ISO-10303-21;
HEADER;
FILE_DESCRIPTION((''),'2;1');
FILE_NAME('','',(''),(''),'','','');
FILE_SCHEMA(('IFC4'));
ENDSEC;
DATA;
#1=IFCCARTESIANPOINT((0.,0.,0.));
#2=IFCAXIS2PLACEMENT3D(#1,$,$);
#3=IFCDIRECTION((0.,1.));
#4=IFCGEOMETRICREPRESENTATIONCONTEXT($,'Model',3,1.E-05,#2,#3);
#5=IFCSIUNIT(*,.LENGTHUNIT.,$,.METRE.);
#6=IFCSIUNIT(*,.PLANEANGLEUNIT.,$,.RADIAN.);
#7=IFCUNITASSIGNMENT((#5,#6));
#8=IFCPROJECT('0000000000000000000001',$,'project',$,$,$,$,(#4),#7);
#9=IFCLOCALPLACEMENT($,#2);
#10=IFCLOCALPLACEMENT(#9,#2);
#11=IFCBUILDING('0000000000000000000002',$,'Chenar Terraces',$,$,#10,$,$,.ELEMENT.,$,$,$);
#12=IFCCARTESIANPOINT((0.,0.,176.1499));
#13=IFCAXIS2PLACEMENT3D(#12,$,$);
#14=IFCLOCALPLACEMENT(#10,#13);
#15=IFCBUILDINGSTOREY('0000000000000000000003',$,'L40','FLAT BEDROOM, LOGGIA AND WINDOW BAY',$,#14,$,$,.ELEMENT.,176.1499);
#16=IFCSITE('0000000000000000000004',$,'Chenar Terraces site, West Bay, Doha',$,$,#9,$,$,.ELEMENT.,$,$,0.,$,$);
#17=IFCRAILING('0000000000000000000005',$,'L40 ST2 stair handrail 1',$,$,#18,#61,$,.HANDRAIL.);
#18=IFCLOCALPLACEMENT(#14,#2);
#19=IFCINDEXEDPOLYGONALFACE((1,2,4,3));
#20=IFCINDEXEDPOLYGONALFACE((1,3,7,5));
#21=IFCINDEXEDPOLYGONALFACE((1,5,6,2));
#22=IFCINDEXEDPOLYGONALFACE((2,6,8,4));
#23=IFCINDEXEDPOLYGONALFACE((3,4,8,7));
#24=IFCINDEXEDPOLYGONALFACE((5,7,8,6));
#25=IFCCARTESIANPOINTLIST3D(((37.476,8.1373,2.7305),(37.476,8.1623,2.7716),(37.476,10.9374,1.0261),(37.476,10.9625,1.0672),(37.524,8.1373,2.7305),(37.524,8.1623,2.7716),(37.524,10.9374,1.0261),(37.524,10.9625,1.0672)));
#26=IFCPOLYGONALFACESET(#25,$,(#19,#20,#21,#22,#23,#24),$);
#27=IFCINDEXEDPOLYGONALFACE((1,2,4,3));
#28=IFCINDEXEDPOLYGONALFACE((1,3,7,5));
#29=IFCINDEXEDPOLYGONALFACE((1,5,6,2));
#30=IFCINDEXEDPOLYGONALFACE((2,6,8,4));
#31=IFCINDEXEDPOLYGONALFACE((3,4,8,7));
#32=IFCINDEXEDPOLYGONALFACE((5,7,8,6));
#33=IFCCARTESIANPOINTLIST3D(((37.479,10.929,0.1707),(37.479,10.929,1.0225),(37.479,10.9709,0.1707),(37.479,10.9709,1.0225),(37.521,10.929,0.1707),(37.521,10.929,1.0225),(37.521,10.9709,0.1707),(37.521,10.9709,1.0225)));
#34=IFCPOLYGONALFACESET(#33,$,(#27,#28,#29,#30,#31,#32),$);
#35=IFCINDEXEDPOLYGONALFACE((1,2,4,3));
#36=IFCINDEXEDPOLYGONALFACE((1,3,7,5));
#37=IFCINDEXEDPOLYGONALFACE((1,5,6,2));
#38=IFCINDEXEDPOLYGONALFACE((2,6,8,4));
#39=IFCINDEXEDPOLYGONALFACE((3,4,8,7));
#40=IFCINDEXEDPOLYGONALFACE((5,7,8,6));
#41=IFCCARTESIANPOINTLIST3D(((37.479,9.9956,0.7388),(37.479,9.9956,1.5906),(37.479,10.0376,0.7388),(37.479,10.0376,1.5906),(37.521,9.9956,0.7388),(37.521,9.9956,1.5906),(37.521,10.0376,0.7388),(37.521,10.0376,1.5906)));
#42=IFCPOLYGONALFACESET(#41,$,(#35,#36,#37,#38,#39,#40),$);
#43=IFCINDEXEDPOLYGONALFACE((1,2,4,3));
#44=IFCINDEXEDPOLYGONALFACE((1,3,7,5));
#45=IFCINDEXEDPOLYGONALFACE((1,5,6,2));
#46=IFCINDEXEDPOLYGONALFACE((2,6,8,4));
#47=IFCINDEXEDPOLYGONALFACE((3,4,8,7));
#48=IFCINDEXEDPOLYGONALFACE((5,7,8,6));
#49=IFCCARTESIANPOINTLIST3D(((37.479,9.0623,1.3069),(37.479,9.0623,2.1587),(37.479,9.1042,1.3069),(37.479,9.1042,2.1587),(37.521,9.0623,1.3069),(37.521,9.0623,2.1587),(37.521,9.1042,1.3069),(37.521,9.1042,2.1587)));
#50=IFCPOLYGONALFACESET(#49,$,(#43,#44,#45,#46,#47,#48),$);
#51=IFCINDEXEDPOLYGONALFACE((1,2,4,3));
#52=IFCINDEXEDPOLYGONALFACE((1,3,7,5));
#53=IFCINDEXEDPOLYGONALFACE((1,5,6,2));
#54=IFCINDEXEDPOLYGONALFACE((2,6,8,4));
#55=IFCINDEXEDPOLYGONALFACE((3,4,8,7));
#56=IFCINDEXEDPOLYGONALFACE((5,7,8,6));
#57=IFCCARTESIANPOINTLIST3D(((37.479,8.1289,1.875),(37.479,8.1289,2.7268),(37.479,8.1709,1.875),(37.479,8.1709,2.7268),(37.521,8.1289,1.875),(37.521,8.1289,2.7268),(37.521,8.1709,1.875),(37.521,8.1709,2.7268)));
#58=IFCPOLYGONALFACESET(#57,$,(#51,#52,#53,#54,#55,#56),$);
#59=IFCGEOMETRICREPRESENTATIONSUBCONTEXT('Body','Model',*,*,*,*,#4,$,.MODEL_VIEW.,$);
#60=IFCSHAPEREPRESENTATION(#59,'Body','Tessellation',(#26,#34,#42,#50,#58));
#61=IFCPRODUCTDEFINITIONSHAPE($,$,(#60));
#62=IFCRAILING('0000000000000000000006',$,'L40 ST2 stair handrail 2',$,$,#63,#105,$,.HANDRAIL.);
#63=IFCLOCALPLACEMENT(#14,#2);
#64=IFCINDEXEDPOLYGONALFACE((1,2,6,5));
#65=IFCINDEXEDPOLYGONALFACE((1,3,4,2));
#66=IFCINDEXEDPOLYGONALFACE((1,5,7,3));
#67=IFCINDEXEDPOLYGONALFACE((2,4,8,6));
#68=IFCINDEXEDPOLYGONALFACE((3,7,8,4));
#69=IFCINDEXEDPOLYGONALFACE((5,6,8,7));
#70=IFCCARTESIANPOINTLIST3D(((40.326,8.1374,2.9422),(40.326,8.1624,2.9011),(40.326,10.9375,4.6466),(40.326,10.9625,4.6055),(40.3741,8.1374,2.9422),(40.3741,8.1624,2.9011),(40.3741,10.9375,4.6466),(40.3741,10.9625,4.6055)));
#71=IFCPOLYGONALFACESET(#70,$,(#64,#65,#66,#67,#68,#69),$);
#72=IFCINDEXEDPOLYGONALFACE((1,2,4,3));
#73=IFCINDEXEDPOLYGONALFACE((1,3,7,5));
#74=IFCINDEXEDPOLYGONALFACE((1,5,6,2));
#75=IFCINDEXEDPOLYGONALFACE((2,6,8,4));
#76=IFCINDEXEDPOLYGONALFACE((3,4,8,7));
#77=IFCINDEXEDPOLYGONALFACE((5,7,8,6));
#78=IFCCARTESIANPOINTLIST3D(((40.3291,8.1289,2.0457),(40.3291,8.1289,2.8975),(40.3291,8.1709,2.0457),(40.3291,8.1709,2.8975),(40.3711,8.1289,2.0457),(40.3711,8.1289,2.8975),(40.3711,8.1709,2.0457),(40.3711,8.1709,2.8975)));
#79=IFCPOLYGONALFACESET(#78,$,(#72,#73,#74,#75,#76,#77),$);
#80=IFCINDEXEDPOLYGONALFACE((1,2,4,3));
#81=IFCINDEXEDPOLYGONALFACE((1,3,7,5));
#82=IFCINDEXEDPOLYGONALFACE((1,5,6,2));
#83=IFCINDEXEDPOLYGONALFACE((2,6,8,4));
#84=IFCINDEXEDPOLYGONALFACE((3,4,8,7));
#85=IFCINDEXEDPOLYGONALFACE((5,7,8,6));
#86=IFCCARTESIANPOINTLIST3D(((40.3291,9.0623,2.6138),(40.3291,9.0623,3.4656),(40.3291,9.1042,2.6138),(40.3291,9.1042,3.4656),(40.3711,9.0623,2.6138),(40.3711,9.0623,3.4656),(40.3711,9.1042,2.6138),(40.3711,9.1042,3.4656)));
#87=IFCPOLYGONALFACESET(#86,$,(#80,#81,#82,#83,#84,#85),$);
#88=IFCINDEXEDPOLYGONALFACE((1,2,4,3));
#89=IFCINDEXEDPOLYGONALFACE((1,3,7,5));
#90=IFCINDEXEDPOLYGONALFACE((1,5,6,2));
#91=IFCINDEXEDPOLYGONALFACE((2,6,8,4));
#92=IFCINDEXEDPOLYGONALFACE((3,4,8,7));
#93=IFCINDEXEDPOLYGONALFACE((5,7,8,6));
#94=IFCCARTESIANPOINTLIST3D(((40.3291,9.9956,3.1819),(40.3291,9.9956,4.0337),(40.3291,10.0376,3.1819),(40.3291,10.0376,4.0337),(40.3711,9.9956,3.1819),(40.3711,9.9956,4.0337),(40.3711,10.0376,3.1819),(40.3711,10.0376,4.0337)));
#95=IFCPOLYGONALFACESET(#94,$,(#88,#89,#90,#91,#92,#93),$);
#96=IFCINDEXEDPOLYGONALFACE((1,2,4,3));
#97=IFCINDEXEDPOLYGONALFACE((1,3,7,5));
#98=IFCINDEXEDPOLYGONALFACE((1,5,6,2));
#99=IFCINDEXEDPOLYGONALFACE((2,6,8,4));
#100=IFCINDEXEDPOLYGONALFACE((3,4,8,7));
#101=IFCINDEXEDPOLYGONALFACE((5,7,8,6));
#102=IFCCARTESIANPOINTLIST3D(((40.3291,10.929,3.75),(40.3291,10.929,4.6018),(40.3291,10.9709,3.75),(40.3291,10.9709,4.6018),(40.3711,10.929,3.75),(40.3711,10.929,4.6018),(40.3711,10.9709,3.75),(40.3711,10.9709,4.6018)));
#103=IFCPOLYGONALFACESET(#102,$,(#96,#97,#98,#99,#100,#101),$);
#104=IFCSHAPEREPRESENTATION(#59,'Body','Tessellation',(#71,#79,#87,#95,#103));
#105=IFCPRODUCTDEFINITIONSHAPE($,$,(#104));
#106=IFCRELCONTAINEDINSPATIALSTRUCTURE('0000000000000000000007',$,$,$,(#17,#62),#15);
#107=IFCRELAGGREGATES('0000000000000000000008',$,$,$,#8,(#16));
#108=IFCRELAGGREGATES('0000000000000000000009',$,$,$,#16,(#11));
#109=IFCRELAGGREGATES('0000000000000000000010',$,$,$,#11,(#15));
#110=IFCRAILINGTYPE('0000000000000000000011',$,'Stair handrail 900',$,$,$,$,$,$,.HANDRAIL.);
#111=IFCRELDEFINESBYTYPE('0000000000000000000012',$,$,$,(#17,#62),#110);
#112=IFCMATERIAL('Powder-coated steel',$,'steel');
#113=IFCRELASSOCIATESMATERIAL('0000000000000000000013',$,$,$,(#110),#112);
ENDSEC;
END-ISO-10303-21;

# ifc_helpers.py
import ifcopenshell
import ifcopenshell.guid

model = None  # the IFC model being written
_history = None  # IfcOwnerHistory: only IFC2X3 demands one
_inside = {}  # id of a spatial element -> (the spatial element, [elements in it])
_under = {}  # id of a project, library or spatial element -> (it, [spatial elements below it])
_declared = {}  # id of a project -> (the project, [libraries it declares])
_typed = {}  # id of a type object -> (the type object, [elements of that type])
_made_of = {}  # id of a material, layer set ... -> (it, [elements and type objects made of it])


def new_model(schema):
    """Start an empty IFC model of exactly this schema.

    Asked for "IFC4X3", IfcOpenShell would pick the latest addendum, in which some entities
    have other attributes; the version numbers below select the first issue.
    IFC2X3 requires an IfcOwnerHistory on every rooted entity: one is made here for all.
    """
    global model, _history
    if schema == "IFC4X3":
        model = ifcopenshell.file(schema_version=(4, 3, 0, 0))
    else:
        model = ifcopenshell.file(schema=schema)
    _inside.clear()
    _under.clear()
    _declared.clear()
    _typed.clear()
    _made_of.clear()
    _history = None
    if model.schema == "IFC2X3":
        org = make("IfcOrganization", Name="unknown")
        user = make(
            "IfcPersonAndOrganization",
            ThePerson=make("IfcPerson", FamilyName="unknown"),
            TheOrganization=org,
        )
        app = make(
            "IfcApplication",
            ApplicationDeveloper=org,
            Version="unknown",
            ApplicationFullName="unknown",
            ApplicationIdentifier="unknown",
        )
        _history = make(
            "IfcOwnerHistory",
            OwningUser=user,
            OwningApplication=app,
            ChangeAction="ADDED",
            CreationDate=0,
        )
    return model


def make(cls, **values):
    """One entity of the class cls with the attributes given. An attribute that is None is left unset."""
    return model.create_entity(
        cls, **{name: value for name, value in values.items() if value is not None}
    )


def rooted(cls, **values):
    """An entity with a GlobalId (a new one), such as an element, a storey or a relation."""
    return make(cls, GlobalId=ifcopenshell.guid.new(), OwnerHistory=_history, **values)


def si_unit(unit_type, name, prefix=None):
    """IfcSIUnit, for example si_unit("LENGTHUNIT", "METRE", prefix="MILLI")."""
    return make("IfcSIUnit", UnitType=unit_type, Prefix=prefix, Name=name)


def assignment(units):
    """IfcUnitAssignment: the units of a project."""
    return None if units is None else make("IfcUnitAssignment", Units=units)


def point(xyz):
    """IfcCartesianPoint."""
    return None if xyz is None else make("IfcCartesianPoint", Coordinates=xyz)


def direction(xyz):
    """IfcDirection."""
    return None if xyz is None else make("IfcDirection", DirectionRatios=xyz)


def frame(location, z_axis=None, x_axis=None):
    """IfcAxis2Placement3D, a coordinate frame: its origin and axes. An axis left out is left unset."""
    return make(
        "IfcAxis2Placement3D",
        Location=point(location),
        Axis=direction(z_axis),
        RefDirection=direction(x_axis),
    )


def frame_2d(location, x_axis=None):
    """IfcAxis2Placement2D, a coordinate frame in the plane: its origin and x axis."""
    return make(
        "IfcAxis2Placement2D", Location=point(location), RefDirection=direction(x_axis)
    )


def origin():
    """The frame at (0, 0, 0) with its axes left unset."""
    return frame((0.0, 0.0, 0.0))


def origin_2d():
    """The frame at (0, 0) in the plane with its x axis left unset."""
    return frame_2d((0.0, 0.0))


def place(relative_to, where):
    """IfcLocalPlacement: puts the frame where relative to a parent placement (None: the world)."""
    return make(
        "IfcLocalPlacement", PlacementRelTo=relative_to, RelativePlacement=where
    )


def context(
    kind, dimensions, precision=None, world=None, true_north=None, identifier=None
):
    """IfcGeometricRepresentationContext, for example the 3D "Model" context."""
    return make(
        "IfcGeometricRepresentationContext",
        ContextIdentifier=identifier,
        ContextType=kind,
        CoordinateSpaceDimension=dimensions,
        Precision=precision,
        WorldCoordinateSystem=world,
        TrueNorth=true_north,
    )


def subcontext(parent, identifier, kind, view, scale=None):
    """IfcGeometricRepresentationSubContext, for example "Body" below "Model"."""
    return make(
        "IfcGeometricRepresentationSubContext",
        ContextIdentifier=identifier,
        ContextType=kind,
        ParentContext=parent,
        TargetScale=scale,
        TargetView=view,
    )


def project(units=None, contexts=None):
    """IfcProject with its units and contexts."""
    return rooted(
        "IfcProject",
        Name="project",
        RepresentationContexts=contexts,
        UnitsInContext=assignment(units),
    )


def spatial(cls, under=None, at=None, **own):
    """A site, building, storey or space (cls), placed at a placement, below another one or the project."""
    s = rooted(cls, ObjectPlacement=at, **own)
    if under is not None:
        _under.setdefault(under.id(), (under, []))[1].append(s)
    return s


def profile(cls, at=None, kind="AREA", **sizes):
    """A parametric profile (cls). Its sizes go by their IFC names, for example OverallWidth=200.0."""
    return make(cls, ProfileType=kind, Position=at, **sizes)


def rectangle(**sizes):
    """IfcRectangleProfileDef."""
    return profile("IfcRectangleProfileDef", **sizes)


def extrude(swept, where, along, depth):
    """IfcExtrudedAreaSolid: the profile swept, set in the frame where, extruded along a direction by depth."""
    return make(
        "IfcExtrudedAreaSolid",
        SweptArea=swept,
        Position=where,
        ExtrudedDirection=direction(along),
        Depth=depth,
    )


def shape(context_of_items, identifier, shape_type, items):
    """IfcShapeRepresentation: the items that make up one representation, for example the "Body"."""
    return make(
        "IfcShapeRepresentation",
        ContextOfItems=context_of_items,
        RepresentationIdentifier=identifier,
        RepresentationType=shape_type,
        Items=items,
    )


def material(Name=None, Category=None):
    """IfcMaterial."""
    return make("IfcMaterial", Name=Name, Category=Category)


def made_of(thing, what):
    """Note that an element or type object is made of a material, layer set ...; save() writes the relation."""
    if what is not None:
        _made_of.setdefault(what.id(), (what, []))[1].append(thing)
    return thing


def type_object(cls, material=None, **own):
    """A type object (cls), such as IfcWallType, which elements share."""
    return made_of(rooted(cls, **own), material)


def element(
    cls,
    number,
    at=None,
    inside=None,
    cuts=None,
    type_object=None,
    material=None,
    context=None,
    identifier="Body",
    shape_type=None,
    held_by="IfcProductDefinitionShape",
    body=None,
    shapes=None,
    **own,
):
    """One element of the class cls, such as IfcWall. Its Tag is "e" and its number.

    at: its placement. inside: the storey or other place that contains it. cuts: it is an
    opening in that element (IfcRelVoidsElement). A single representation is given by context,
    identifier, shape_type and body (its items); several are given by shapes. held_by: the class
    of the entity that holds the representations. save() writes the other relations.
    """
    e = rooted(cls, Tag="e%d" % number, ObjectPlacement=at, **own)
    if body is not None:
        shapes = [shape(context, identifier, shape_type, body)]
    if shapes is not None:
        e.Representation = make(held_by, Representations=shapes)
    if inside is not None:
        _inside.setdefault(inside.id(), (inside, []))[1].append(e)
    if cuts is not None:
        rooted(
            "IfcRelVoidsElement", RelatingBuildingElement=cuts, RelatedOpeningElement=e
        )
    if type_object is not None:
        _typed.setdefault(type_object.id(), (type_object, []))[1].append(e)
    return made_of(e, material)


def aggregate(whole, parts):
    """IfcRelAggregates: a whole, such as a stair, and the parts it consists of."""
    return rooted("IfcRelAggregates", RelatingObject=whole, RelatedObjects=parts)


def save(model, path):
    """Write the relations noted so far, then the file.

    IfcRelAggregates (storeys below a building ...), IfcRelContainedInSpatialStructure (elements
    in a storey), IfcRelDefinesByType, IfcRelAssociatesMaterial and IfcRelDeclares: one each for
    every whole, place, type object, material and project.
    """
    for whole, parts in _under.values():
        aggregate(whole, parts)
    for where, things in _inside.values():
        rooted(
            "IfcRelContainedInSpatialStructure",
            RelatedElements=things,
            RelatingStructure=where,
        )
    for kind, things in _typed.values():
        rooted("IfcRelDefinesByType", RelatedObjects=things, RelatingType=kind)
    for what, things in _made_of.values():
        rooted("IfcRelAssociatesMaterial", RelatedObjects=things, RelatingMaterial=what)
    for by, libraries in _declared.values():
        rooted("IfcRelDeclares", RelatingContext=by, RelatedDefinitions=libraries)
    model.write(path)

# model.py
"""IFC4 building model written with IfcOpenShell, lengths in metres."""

from ifc_helpers import new_model, si_unit, direction, frame, origin, origin_2d, place, context, subcontext, project, spatial, rectangle, extrude, material, type_object, element, save


model = new_model("IFC4")

# Units and contexts
model_context = context("Model", 3, precision=1e-05, world=origin(), true_north=direction((0.0, 1.0)))
body_context = subcontext(model_context, "Body", "Model", "MODEL_VIEW")
ifc_project = project(units=[si_unit("LENGTHUNIT", "METRE"), si_unit("PLANEANGLEUNIT", "RADIAN")], contexts=[model_context])

# Site, building, storey
site_placement = place(None, origin())
site = spatial("IfcSite", under=ifc_project, at=site_placement, Name="Chenar Terraces site, West Bay, Doha", CompositionType="ELEMENT", RefElevation=0.0)
building_placement = place(site_placement, origin())
building = spatial("IfcBuilding", under=site, at=building_placement, Name="Chenar Terraces", CompositionType="ELEMENT")
storey_placement = place(building_placement, frame((0.0, 0.0, 176.1499)))
storey = spatial("IfcBuildingStorey", under=building, at=storey_placement, Name="L40", Description="FLAT BEDROOM, LOGGIA AND WINDOW BAY", CompositionType="ELEMENT", Elevation=176.1499)

# Railings
ifc_material_1 = material(Name="Powder-coated steel", Category="steel")
railing_type_1 = type_object("IfcRailingType", Name="Stair handrail 900", PredefinedType="HANDRAIL", material=ifc_material_1)
railing_1_placement = place(storey_placement, frame((37.5, 10.95, 0.1707)))
element("IfcRailing", 1, at=railing_1_placement, inside=storey, type_object=railing_type_1, Name="L40 ST2 stair handrail 1", PredefinedType="HANDRAIL", context=body_context, shape_type="SweptSolid", body=[
    extrude(rectangle(XDim=0.0481, YDim=0.0481, at=origin_2d()), frame((0.0, 0.0, 0.876), z_axis=(0.0, -0.854203, 0.51994), x_axis=(1.0, 0.0, 0.0)), (0.0, 0.0, 1.0), 3.2781),
    extrude(rectangle(XDim=0.042, YDim=0.042, at=origin_2d()), origin(), (0.0, 0.0, 1.0), 0.8518),
    extrude(rectangle(XDim=0.042, YDim=0.042, at=origin_2d()), frame((0.0, -0.9333, 0.5681)), (0.0, 0.0, 1.0), 0.8518),
    extrude(rectangle(XDim=0.042, YDim=0.042, at=origin_2d()), frame((0.0, -1.8667, 1.1362)), (0.0, 0.0, 1.0), 0.8518),
    extrude(rectangle(XDim=0.042, YDim=0.042, at=origin_2d()), frame((0.0, -2.8, 1.7043)), (0.0, 0.0, 1.0), 0.8518),
])
railing_2_placement = place(storey_placement, frame((40.3501, 8.1499, 2.0457)))
element("IfcRailing", 2, at=railing_2_placement, inside=storey, type_object=railing_type_1, Name="L40 ST2 stair handrail 2", PredefinedType="HANDRAIL", context=body_context, shape_type="SweptSolid", body=[
    extrude(rectangle(XDim=0.0481, YDim=0.0481, at=origin_2d()), frame((0.0, 0.0, 0.876), z_axis=(0.0, 0.854203, 0.51994), x_axis=(-1.0, 0.0, 0.0)), (0.0, 0.0, 1.0), 3.2781),
    extrude(rectangle(XDim=0.042, YDim=0.042, at=origin_2d()), origin(), (0.0, 0.0, 1.0), 0.8518),
    extrude(rectangle(XDim=0.042, YDim=0.042, at=origin_2d()), frame((0.0, 0.9333, 0.5681)), (0.0, 0.0, 1.0), 0.8518),
    extrude(rectangle(XDim=0.042, YDim=0.042, at=origin_2d()), frame((0.0, 1.8667, 1.1362)), (0.0, 0.0, 1.0), 0.8518),
    extrude(rectangle(XDim=0.042, YDim=0.042, at=origin_2d()), frame((0.0, 2.8, 1.7043)), (0.0, 0.0, 1.0), 0.8518),
])

save(model, "model.ifc")
